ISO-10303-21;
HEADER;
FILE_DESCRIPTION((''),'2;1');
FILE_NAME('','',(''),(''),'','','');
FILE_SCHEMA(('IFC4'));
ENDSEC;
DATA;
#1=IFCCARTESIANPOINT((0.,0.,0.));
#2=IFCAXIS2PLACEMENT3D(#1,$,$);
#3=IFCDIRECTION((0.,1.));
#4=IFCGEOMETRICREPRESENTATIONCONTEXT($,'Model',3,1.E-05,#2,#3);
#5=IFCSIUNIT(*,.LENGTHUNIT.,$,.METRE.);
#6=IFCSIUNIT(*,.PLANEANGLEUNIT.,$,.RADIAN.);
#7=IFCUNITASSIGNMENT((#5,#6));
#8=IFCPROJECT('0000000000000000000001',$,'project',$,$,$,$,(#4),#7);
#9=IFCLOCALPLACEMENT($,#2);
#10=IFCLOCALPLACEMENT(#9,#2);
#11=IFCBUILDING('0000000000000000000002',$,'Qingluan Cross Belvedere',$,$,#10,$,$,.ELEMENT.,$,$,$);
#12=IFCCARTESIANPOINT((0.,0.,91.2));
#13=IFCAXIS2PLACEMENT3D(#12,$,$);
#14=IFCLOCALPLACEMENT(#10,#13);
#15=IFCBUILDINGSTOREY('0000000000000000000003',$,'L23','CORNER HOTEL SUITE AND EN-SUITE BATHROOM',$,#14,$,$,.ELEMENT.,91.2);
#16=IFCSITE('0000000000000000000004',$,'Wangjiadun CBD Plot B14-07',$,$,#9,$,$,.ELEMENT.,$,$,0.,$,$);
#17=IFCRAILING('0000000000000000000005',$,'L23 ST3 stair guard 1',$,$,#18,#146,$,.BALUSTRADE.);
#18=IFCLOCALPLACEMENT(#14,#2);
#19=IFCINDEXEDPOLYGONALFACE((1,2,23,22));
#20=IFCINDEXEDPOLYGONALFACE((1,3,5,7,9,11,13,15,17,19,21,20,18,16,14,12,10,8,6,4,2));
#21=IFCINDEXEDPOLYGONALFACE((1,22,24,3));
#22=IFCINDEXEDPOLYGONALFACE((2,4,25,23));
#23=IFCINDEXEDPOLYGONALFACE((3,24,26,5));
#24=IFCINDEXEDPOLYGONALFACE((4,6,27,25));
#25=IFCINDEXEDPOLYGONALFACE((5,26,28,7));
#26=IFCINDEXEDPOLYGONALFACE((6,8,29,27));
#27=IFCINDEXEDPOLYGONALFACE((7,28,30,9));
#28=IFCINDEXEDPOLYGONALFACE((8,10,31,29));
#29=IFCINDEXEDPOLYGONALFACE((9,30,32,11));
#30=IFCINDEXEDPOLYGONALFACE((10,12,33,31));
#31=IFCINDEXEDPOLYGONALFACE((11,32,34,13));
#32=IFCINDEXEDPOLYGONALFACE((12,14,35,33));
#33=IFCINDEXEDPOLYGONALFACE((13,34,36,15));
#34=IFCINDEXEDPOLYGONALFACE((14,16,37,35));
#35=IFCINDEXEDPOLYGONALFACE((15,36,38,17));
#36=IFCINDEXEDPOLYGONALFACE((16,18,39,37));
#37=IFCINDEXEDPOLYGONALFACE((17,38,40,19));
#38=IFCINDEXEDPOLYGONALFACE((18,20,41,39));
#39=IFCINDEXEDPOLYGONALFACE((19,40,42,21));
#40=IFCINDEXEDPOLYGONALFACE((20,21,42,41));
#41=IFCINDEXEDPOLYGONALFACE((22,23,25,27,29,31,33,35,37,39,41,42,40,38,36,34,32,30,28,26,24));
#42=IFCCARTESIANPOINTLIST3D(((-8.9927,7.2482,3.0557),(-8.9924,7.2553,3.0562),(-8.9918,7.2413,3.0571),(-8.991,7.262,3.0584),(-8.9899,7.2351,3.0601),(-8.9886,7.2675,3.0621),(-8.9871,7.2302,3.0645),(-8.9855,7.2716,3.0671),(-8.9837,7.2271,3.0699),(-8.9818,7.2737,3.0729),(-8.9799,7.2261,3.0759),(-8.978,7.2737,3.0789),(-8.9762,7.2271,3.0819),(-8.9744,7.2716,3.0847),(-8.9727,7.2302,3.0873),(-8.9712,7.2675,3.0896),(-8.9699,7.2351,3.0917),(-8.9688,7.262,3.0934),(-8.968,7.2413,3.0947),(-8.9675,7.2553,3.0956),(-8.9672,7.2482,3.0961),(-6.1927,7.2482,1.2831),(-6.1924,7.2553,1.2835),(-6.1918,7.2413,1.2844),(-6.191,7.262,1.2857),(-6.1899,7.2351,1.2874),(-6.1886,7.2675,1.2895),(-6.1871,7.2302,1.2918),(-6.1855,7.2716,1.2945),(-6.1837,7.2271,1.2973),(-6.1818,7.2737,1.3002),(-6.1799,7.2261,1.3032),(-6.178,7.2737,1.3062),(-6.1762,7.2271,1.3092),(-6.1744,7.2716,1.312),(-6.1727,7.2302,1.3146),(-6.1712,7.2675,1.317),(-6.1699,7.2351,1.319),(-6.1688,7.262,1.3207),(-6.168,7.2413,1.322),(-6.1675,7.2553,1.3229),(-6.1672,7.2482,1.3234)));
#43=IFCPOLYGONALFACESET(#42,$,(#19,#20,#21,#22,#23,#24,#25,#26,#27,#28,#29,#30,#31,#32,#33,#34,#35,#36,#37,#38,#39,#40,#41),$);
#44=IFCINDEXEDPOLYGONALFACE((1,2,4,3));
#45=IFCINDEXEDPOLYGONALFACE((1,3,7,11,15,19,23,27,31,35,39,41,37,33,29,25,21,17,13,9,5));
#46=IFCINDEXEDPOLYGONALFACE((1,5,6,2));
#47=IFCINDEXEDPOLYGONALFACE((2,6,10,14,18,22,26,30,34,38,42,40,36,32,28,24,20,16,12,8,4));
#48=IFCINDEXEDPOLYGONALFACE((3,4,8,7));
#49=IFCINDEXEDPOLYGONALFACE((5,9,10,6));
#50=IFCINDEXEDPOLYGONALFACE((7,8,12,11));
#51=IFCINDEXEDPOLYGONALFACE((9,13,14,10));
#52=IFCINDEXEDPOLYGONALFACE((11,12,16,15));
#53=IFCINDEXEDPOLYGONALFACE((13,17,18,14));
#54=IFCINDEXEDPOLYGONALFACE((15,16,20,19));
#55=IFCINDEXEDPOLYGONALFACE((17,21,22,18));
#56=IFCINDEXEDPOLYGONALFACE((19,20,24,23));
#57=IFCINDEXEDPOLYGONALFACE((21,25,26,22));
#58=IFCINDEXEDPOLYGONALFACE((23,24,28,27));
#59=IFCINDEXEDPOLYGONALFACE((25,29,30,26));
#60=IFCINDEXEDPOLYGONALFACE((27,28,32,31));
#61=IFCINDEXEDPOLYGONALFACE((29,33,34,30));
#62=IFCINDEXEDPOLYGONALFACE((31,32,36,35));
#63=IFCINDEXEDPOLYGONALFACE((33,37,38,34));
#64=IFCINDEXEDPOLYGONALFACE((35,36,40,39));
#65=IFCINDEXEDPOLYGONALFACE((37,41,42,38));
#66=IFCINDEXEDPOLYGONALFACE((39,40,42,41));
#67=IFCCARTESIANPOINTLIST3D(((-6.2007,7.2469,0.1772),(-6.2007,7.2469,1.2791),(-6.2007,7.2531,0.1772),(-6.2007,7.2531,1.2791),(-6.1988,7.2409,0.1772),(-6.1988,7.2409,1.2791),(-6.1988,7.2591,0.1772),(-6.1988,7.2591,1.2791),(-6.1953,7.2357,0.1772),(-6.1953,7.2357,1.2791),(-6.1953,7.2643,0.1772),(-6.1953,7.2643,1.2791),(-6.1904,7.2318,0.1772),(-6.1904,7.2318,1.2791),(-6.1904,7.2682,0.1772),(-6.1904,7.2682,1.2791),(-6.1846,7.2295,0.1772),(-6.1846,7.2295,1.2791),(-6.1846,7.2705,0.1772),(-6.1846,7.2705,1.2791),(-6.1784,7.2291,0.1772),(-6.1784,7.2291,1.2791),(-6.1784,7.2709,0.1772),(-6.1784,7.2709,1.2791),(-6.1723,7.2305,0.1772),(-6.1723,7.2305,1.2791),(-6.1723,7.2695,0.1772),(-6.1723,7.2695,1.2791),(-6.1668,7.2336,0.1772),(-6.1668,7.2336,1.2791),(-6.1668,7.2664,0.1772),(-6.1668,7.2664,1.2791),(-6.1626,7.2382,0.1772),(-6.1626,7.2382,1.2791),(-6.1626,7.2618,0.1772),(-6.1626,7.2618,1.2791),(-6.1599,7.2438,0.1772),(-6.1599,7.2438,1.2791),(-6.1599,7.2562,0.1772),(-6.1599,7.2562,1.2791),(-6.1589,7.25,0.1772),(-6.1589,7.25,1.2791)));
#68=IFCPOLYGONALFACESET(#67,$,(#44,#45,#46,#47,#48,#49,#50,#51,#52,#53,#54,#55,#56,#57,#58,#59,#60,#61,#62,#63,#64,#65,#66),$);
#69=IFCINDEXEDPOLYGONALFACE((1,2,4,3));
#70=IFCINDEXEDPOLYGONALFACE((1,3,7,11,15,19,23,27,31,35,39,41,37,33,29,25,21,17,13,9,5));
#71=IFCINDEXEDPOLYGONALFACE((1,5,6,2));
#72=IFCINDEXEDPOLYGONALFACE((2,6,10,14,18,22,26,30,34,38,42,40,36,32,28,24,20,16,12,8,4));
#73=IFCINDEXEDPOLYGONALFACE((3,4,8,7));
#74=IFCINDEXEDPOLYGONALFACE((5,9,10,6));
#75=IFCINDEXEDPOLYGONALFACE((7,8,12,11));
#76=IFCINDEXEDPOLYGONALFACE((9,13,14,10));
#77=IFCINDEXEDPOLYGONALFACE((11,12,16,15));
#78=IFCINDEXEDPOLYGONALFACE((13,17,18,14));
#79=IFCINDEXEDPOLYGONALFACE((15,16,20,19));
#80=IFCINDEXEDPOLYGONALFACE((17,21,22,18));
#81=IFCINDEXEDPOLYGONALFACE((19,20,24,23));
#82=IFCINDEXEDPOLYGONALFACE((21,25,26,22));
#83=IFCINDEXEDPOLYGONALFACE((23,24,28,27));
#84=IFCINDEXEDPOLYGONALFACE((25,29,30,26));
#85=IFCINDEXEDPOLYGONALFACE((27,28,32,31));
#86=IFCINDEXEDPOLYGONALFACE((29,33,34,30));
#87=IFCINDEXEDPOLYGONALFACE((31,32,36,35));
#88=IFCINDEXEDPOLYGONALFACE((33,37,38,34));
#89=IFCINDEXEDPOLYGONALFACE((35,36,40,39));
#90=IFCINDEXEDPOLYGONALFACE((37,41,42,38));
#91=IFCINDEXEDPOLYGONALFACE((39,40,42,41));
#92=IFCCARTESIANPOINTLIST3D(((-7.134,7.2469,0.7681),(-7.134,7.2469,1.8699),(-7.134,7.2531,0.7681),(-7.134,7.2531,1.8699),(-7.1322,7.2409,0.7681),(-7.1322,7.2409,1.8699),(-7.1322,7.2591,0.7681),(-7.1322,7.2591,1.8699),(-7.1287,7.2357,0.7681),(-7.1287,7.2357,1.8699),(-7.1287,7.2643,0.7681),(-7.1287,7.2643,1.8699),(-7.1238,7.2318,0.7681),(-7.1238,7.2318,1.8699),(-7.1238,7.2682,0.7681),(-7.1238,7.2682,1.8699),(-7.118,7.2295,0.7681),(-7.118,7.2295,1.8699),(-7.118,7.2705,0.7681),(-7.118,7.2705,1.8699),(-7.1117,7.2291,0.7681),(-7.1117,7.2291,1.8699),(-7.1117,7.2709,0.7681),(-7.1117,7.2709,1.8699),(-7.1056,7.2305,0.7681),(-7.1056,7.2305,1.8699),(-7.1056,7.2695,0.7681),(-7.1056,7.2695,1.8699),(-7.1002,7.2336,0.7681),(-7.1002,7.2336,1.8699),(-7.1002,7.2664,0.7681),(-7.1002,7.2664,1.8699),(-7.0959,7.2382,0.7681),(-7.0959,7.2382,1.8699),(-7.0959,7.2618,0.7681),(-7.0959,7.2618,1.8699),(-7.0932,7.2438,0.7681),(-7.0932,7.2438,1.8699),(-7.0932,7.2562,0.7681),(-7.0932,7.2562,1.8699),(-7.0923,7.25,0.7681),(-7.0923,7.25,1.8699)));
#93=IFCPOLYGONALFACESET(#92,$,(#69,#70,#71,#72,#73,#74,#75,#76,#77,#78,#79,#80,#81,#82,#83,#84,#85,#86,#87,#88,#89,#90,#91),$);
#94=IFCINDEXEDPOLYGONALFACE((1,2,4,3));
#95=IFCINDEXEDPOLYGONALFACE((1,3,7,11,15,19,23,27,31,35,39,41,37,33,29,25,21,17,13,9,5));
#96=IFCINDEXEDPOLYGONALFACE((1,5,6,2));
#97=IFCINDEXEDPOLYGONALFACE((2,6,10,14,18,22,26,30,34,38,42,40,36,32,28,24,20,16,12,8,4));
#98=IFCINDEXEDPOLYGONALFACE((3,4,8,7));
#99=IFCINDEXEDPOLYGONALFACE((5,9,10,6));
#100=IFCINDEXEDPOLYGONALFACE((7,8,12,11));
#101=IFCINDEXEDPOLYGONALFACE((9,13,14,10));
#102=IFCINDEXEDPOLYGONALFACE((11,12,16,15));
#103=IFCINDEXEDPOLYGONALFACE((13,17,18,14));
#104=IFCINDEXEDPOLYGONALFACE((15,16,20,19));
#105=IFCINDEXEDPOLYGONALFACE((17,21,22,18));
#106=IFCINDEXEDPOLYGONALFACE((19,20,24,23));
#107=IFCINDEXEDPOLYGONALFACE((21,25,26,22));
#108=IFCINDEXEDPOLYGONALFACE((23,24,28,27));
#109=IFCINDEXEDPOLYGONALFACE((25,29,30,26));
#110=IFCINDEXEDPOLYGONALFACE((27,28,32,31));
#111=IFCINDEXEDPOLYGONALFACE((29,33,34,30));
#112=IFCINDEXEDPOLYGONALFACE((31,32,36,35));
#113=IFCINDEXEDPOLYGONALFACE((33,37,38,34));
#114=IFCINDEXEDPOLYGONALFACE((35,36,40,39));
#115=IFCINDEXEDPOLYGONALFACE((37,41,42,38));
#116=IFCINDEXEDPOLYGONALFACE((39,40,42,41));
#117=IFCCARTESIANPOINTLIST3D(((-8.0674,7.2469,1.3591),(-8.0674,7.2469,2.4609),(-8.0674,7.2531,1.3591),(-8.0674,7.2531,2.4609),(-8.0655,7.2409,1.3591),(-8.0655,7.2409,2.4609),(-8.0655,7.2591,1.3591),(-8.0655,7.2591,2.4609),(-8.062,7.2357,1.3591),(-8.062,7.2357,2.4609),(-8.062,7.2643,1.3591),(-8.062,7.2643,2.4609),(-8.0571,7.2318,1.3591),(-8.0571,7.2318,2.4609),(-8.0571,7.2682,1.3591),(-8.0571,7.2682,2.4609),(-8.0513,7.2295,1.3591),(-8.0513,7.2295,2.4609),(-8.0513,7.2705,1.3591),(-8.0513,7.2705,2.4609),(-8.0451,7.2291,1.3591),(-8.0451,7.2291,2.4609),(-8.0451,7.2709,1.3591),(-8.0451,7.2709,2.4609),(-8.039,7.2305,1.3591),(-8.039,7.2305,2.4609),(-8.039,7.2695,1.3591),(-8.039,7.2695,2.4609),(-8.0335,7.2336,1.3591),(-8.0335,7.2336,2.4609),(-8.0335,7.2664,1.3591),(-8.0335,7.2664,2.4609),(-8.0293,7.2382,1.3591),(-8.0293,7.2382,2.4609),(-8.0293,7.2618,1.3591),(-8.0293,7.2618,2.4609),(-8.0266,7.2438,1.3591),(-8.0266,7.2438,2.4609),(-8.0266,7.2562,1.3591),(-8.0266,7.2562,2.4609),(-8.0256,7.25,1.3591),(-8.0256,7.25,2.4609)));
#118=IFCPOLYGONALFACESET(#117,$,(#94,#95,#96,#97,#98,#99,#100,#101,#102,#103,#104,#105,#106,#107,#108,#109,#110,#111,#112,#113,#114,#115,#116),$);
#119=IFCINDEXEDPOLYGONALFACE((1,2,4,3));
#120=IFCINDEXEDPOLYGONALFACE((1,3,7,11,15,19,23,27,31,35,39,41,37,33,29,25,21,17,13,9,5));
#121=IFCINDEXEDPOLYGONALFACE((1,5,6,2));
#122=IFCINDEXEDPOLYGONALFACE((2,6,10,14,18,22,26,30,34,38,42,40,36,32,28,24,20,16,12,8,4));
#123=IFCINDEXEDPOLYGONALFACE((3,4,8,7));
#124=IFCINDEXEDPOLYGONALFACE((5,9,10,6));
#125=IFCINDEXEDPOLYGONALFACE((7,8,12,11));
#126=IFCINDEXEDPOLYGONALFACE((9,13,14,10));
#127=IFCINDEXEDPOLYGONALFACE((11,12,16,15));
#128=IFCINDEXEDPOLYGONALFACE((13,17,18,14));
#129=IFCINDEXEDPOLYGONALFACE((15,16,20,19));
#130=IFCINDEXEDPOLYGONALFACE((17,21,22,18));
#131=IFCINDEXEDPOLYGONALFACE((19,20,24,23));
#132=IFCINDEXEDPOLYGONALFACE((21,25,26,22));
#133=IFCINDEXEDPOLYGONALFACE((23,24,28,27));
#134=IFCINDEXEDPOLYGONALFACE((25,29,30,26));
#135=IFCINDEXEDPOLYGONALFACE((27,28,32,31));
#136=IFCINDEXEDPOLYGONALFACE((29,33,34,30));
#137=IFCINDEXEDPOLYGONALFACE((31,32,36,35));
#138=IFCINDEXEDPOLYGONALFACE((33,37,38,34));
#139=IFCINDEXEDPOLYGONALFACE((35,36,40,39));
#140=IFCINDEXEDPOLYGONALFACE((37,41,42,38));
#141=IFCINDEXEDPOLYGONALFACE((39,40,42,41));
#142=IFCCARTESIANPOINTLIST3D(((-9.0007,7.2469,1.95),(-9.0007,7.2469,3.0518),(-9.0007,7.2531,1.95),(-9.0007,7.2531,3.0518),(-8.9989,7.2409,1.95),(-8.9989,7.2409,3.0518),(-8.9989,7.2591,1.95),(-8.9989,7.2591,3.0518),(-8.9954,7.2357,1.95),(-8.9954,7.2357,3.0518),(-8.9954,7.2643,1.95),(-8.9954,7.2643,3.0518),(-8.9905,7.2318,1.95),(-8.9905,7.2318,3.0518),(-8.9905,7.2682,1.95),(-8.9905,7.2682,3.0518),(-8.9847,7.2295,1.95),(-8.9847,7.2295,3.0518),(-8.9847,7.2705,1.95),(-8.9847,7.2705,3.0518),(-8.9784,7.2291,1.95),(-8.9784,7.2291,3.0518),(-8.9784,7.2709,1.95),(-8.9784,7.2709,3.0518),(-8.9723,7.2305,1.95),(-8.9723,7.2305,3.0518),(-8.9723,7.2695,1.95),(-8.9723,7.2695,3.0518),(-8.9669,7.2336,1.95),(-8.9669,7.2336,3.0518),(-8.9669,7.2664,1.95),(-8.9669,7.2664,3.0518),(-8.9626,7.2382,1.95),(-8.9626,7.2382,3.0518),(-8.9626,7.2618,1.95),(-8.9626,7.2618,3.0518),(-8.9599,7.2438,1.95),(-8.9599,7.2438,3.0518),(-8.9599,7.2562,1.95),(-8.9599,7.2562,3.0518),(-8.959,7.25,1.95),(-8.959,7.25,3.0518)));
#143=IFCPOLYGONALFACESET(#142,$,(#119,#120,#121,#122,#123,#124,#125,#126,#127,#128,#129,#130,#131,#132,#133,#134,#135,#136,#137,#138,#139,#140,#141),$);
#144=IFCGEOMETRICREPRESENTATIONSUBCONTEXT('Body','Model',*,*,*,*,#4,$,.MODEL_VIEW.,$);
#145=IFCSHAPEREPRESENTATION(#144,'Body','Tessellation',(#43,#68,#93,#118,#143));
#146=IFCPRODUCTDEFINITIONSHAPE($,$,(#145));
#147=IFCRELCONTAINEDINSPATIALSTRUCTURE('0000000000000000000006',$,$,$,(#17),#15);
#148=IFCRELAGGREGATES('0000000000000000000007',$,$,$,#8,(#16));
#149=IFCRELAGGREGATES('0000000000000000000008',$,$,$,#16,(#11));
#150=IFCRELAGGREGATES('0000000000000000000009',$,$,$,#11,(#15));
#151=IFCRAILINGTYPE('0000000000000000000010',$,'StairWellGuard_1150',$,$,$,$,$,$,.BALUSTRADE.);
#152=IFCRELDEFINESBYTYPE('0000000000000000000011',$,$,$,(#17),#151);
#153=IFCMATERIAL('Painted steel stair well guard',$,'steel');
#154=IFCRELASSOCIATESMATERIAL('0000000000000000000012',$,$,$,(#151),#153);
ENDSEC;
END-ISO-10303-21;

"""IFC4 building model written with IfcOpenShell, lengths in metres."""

from ifc_helpers import new_model, si_unit, direction, frame, origin, origin_2d, place, context, subcontext, project, spatial, circle, extrude, material, type_object, element, save


model = new_model("IFC4")

# Units and contexts
model_context = context("Model", 3, precision=1e-05, world=origin(), true_north=direction((0.0, 1.0)))
body_context = subcontext(model_context, "Body", "Model", "MODEL_VIEW")
ifc_project = project(units=[si_unit("LENGTHUNIT", "METRE"), si_unit("PLANEANGLEUNIT", "RADIAN")], contexts=[model_context])

# Site, building, storey
site_placement = place(None, origin())
site = spatial("IfcSite", under=ifc_project, at=site_placement, Name="Wangjiadun CBD Plot B14-07", CompositionType="ELEMENT", RefElevation=0.0)
building_placement = place(site_placement, origin())
building = spatial("IfcBuilding", under=site, at=building_placement, Name="Qingluan Cross Belvedere", CompositionType="ELEMENT")
storey_placement = place(building_placement, frame((0.0, 0.0, 91.2)))
storey = spatial("IfcBuildingStorey", under=building, at=storey_placement, Name="L23", Description="CORNER HOTEL SUITE AND EN-SUITE BATHROOM", CompositionType="ELEMENT", Elevation=91.2)

# Railing
ifc_material_1 = material(Name="Painted steel stair well guard", Category="steel")
railing_type_1 = type_object("IfcRailingType", Name="StairWellGuard_1150", PredefinedType="BALUSTRADE", material=ifc_material_1)
railing_1_placement = place(storey_placement, frame((-6.1799, 7.25, 0.1772)))
element("IfcRailing", 1, at=railing_1_placement, inside=storey, type_object=railing_type_1, Name="L23 ST3 stair guard 1", PredefinedType="BALUSTRADE", context=body_context, shape_type="SweptSolid", body=[
    extrude(circle(Radius=0.0239, at=origin_2d()), frame((0.0, 0.0, 1.126), z_axis=(-0.844909, 0.0, 0.53491), x_axis=(0.0, -1.0, 0.0)), (0.0, 0.0, 1.0), 3.314),
    extrude(circle(Radius=0.021, at=origin_2d()), origin(), (0.0, 0.0, 1.0), 1.1018),
    extrude(circle(Radius=0.021, at=origin_2d()), frame((-0.9333, 0.0, 0.5908)), (0.0, 0.0, 1.0), 1.1018),
    extrude(circle(Radius=0.021, at=origin_2d()), frame((-1.8667, 0.0, 1.1819)), (0.0, 0.0, 1.0), 1.1018),
    extrude(circle(Radius=0.021, at=origin_2d()), frame((-2.8, 0.0, 1.7727)), (0.0, 0.0, 1.0), 1.1018),
])

save(model, "model.ifc")
